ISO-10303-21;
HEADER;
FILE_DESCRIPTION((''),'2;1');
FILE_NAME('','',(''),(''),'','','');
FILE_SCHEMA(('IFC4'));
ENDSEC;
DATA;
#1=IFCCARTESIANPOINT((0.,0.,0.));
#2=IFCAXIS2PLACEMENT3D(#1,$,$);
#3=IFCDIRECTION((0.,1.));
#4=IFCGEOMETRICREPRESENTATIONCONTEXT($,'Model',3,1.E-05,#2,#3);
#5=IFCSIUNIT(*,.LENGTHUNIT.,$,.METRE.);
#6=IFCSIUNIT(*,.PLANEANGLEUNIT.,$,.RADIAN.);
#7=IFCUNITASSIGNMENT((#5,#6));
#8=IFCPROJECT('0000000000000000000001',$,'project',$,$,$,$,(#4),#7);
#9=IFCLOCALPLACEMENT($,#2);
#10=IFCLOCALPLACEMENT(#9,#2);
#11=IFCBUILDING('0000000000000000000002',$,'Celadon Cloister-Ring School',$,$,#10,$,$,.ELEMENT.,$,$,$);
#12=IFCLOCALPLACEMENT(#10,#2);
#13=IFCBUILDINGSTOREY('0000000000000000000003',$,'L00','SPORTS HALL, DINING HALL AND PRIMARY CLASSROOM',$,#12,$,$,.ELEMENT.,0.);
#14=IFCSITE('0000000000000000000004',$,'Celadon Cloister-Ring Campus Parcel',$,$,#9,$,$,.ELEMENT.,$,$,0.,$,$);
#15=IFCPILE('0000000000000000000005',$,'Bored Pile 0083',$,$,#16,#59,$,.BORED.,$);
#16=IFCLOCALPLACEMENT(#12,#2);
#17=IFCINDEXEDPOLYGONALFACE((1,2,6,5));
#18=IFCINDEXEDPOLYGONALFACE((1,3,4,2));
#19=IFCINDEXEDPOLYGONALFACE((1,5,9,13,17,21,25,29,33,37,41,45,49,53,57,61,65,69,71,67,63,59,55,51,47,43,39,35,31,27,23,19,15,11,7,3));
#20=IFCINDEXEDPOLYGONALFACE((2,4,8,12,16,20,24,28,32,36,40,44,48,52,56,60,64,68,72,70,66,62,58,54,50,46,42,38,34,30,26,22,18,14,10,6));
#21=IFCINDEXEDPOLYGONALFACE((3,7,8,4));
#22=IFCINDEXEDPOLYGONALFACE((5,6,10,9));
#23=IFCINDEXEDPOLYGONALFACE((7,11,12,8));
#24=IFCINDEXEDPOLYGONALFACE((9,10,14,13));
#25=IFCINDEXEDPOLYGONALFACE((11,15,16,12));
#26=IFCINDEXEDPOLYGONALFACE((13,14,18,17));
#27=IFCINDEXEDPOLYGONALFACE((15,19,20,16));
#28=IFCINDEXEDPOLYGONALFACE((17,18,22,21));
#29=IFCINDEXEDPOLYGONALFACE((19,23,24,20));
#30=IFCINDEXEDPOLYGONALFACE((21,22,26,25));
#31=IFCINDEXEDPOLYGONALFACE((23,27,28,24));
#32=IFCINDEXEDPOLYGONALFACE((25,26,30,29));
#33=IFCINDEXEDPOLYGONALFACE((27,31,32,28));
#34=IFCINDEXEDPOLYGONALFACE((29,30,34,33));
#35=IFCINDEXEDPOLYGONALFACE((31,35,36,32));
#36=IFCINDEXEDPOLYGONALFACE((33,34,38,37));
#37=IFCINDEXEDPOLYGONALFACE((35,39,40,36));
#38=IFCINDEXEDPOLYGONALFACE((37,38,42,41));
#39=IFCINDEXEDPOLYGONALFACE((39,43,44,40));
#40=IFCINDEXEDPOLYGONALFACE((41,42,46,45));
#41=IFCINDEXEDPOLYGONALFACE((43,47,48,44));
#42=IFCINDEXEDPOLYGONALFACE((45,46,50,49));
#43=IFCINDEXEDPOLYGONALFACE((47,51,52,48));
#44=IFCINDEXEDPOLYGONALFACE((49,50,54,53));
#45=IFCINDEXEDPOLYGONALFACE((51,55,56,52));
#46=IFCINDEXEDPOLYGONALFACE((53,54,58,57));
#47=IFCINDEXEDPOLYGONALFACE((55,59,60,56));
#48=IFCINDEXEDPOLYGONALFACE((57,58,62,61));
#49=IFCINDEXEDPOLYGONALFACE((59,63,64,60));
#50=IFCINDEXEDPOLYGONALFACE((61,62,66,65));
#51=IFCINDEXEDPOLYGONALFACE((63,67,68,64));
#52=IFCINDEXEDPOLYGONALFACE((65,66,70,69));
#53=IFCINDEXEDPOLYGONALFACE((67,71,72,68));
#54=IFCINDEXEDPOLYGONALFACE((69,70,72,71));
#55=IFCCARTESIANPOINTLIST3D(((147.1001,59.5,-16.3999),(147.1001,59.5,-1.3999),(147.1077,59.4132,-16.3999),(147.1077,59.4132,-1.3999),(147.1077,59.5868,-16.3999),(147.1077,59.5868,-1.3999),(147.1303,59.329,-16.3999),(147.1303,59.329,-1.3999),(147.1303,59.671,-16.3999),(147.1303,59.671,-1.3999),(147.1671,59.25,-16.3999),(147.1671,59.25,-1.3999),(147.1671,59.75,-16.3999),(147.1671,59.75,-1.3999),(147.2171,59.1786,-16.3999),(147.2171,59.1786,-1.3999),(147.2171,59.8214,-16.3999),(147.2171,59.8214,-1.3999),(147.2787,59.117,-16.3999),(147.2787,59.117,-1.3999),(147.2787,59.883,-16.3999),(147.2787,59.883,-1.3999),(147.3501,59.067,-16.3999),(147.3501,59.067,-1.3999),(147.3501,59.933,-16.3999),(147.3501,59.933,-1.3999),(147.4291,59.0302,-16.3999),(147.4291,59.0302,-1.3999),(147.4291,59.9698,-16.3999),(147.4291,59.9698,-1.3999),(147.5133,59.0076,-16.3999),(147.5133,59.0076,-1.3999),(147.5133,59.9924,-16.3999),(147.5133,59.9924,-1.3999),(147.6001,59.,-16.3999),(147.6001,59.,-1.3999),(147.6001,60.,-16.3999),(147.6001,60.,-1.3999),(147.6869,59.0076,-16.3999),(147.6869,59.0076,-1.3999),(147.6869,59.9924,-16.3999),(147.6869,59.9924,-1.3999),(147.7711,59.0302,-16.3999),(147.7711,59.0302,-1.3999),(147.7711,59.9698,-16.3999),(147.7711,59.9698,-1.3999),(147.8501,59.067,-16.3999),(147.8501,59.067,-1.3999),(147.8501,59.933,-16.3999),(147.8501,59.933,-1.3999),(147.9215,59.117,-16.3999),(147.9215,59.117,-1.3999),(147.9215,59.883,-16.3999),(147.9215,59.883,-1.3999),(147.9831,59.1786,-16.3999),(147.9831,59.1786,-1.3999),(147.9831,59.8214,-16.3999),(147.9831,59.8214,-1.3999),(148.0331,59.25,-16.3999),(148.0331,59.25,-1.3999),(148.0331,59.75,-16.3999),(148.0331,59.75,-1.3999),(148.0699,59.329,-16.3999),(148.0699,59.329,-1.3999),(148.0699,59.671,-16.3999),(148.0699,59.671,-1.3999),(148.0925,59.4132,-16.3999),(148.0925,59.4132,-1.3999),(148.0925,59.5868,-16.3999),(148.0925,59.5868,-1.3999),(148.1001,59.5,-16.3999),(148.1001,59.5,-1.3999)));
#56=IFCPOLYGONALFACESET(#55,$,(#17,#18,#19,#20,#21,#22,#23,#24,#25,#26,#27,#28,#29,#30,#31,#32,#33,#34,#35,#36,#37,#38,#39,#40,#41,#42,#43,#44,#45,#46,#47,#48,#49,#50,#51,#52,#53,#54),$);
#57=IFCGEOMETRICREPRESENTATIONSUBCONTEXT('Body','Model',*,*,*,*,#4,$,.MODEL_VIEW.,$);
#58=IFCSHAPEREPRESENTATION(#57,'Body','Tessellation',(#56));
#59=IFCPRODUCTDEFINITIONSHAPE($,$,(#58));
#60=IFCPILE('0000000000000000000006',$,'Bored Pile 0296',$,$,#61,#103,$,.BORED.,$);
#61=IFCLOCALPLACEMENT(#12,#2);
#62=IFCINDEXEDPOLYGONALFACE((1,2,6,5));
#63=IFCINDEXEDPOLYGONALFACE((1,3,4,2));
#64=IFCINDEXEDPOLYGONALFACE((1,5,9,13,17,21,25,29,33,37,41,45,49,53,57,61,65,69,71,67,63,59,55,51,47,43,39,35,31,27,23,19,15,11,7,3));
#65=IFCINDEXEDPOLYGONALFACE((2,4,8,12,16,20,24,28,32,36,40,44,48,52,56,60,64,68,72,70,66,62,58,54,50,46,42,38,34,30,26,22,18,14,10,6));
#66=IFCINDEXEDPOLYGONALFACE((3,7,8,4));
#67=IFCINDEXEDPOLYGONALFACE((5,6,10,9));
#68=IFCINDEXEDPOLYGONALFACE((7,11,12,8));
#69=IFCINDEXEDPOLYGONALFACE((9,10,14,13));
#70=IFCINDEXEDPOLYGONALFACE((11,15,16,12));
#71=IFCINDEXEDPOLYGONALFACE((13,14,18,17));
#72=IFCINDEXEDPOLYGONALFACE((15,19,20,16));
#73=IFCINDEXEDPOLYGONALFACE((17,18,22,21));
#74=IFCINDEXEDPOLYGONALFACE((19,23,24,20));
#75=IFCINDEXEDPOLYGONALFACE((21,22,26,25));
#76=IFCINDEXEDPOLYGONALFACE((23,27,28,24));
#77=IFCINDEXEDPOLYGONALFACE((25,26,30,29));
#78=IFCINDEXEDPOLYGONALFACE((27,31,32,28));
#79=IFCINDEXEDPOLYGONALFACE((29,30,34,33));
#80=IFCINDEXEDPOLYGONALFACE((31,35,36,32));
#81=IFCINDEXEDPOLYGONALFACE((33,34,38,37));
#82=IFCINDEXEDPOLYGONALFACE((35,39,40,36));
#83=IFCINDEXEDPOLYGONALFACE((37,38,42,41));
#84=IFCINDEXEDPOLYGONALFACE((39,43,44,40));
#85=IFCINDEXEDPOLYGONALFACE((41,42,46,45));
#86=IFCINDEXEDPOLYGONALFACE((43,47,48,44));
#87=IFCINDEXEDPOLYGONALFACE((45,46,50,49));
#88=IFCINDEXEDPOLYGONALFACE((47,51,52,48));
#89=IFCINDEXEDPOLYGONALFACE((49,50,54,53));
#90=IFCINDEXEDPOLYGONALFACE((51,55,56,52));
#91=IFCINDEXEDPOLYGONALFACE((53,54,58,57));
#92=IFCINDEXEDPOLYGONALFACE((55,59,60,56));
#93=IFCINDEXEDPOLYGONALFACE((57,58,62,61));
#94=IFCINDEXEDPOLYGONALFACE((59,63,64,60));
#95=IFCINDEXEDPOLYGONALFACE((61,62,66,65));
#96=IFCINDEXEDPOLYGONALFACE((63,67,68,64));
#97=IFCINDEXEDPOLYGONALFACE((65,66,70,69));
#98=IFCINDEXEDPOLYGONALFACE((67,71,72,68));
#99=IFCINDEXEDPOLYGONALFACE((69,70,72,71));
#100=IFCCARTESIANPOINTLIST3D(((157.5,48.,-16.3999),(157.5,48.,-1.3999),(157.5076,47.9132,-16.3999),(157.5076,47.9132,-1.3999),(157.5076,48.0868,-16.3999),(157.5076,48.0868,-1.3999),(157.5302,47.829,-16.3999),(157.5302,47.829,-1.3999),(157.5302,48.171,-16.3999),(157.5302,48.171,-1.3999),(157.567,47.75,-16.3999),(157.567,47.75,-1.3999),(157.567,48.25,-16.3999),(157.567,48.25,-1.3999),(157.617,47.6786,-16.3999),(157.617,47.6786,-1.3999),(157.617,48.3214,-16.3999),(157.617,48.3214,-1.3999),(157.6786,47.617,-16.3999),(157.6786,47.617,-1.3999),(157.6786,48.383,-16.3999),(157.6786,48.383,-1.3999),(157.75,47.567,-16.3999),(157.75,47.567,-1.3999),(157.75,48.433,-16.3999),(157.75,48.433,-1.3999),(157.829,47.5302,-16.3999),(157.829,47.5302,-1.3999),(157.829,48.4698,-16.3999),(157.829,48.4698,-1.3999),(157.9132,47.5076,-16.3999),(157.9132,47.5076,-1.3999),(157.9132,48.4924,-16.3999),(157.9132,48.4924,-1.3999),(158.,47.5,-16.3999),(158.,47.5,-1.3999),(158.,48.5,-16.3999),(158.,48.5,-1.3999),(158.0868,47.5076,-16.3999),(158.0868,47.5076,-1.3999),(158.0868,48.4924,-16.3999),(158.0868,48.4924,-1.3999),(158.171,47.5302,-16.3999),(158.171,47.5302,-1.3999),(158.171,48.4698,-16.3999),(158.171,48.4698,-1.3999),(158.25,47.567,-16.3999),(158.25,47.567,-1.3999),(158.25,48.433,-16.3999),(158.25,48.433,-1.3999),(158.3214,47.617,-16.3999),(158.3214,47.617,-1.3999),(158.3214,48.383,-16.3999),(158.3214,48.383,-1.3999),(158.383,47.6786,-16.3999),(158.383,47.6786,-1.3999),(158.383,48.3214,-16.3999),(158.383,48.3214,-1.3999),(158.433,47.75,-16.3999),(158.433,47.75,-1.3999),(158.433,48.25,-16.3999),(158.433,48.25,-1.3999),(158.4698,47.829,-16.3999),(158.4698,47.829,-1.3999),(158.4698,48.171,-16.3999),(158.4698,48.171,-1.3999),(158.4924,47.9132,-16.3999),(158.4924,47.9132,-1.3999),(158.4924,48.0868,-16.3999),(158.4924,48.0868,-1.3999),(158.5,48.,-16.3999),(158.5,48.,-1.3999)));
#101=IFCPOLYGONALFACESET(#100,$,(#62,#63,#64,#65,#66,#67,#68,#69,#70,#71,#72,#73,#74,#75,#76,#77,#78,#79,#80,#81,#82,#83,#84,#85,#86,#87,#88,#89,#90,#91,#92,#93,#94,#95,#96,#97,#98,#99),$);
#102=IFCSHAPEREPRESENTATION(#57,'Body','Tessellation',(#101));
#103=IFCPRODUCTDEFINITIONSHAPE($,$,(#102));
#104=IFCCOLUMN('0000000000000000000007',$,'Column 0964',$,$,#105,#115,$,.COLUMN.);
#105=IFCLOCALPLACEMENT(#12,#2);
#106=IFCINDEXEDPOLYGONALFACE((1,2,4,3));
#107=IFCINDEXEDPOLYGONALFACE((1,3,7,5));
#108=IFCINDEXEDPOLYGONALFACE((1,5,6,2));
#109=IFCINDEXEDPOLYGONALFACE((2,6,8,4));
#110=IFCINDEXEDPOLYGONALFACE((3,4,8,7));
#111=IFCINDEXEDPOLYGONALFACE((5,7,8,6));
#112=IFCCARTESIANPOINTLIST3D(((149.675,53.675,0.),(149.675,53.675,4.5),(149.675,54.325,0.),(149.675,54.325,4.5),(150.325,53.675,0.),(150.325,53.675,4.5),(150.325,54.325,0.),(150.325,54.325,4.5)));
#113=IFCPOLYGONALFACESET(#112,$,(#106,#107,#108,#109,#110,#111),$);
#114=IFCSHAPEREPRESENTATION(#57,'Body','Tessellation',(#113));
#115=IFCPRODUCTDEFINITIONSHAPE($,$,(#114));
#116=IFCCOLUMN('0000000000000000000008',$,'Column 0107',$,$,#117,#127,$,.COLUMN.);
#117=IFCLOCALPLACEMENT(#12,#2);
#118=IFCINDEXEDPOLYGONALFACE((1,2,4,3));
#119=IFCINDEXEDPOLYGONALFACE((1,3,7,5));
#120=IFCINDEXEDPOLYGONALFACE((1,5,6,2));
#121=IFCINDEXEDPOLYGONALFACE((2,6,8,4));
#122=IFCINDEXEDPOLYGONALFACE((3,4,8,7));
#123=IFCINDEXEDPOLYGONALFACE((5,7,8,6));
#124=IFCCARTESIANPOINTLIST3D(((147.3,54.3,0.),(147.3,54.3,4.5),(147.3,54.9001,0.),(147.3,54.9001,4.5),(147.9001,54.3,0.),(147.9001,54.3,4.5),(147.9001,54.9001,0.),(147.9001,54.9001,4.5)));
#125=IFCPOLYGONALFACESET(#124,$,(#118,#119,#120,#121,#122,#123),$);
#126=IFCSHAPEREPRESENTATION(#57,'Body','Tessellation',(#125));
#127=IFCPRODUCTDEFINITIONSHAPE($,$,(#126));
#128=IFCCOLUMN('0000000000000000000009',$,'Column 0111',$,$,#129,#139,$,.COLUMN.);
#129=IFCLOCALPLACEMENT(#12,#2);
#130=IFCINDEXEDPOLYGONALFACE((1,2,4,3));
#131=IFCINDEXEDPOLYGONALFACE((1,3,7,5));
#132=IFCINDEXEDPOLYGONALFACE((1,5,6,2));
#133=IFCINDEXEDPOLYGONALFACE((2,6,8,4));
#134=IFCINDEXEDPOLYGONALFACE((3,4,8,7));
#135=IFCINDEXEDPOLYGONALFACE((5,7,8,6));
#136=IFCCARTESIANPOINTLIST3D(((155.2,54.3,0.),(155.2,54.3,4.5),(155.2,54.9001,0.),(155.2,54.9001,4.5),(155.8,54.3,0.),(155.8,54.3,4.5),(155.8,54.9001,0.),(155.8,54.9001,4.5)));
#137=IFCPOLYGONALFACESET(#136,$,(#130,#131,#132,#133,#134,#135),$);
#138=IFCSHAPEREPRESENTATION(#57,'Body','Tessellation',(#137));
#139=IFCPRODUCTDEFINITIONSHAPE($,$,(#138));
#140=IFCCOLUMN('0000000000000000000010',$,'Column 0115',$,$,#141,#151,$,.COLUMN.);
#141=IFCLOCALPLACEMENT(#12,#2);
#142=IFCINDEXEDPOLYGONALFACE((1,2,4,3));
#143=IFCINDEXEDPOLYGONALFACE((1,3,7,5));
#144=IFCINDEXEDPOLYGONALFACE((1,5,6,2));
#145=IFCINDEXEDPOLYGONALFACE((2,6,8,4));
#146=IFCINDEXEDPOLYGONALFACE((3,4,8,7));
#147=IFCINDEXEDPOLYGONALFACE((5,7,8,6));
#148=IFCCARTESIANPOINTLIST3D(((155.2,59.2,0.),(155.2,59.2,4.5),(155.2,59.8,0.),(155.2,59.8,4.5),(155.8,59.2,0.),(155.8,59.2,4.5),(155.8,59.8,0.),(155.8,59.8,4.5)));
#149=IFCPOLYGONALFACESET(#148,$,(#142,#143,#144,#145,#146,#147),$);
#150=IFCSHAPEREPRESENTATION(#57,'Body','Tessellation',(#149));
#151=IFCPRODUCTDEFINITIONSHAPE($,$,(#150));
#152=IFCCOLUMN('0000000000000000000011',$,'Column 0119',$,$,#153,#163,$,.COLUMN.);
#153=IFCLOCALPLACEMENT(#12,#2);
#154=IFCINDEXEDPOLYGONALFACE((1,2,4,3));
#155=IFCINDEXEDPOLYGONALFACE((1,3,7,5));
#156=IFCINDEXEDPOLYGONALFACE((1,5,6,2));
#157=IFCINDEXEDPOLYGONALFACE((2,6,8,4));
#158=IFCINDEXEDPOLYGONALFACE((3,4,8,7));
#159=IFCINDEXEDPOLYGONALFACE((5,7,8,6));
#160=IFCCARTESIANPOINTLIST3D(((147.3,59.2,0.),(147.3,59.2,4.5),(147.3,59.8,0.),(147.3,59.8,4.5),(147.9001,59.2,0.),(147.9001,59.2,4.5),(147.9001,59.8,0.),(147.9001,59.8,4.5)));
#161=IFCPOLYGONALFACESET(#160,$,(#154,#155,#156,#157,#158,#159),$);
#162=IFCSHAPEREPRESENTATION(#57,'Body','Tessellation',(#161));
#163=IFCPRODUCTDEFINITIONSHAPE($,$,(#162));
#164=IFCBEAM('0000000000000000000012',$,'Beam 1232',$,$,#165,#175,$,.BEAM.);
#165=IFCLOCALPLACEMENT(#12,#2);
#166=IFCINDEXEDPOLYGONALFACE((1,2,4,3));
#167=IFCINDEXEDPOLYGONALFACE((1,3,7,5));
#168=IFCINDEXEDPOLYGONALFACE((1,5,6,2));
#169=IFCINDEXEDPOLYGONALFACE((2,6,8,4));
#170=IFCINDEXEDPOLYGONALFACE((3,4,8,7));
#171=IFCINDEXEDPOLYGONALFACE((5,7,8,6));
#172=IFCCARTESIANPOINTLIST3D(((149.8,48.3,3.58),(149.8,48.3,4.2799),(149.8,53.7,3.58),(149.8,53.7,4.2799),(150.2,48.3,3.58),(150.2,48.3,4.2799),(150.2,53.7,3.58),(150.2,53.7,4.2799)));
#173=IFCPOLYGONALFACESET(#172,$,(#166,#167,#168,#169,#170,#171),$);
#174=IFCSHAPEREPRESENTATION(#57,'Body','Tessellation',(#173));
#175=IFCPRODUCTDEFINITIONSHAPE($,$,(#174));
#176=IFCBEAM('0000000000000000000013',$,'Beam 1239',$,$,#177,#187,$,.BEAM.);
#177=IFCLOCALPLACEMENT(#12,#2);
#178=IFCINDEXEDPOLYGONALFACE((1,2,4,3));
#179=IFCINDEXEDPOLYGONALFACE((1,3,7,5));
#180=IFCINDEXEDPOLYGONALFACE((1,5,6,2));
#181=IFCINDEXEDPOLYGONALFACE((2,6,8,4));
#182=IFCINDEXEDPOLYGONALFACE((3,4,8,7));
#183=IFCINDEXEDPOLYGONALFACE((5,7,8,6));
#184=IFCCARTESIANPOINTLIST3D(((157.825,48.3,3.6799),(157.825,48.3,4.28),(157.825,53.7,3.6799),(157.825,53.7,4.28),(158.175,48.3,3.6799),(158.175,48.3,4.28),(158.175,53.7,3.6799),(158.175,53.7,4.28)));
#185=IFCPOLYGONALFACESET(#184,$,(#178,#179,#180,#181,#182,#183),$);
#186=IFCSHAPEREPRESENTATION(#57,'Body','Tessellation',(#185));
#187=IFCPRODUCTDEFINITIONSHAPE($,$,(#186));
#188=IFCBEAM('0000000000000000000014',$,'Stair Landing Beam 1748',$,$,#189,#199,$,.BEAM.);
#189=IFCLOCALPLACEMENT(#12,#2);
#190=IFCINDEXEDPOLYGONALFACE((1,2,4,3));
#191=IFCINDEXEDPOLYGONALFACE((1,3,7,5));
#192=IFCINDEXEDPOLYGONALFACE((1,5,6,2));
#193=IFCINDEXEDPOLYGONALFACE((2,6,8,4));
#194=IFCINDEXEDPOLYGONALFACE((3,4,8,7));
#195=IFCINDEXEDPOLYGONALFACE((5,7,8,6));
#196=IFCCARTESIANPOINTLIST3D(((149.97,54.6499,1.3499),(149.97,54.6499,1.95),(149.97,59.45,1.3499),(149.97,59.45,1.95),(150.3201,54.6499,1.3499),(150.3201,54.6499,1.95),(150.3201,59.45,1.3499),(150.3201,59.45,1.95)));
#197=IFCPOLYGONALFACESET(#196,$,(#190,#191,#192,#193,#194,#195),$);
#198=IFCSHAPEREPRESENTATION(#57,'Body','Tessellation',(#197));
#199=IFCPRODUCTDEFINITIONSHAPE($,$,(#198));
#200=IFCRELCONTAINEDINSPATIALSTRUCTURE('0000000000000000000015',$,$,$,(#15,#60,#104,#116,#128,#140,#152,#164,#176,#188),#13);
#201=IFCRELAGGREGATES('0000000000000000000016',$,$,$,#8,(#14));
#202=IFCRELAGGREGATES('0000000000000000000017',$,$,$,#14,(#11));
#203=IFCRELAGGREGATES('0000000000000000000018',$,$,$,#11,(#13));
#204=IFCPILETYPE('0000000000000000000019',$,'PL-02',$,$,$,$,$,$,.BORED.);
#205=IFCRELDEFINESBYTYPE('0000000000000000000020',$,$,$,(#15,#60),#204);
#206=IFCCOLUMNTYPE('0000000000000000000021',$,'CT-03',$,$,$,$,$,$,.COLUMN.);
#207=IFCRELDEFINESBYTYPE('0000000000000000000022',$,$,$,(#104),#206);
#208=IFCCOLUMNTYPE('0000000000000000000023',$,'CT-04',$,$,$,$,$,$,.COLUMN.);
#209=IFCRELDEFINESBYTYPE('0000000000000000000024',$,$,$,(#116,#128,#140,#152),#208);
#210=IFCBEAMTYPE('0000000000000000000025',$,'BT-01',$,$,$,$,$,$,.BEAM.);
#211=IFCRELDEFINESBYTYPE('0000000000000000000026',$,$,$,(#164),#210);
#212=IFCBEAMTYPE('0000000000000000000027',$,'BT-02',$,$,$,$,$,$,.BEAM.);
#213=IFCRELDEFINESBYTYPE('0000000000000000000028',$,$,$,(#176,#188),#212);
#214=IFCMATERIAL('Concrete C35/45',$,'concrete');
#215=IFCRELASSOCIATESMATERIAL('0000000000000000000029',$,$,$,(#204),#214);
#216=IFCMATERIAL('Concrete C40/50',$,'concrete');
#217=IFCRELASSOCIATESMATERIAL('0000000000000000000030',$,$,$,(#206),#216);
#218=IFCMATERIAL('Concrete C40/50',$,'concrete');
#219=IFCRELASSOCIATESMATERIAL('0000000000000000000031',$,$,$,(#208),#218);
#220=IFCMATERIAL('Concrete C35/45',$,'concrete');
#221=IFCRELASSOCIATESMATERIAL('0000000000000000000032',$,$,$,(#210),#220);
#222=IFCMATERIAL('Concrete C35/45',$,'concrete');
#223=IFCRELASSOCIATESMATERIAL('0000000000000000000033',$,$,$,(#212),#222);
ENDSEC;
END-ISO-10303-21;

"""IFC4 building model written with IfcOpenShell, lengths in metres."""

from ifc_helpers import new_model, si_unit, direction, frame, origin, origin_2d, place, context, subcontext, project, spatial, rectangle, circle, extrude, material, material_profile, profile_set, type_object, element, save


model = new_model("IFC4")

# Units and contexts
model_context = context("Model", 3, precision=1e-05, world=origin(), true_north=direction((0.0, 1.0)))
body_context = subcontext(model_context, "Body", "Model", "MODEL_VIEW")
ifc_project = project(units=[si_unit("LENGTHUNIT", "METRE"), si_unit("PLANEANGLEUNIT", "RADIAN")], contexts=[model_context])

# Site, building, storey
site_placement = place(None, origin())
site = spatial("IfcSite", under=ifc_project, at=site_placement, Name="Celadon Cloister-Ring Campus Parcel", CompositionType="ELEMENT", RefElevation=0.0)
building_placement = place(site_placement, origin())
building = spatial("IfcBuilding", under=site, at=building_placement, Name="Celadon Cloister-Ring School", CompositionType="ELEMENT")
storey_placement = place(building_placement, origin())
storey = spatial("IfcBuildingStorey", under=building, at=storey_placement, Name="L00", Description="SPORTS HALL, DINING HALL AND PRIMARY CLASSROOM", CompositionType="ELEMENT", Elevation=0.0)

# Piles
ifc_material_1 = material(Name="Concrete C35/45", Category="concrete")
ifc_material_profile_1 = material_profile(ifc_material_1, circle(Radius=0.5, at=origin_2d()), Name="PILE1000")
ifc_profile_set_1 = profile_set([ifc_material_profile_1], Name="Concrete C35/45")
pile_type = type_object("IfcPileType", Name="PL-02", PredefinedType="BORED", material=ifc_profile_set_1)
for number, where, z_axis, x_axis, name in (
    (1, (147.6001, 59.5, -1.3999), (0.0, 0.0, -1.0), (1.0, 0.0, 0.0), "Bored Pile 0083"),
    (2, (158.0, 48.0, -1.3999), (0.0, 0.0, -1.0), (1.0, 0.0, 0.0), "Bored Pile 0296"),
):
    element("IfcPile", number, at=place(storey_placement, frame(where, z_axis=z_axis, x_axis=x_axis)), inside=storey, type_object=pile_type, Name=name, PredefinedType="BORED", context=body_context, shape_type="SweptSolid", body=[
        extrude(circle(Radius=0.5, at=origin_2d()), origin(), (0.0, 0.0, 1.0), 15.0),
    ])

# Columns
ifc_material_2 = material(Name="Concrete C40/50", Category="concrete")
ifc_material_profile_2 = material_profile(ifc_material_2, rectangle(XDim=0.6499, YDim=0.6499, at=origin_2d()), Name="RC650X650")
ifc_profile_set_2 = profile_set([ifc_material_profile_2], Name="Concrete C40/50")
column_type_1 = type_object("IfcColumnType", Name="CT-03", PredefinedType="COLUMN", material=ifc_profile_set_2)
column_placement = place(storey_placement, frame((150.0, 54.0, 0.0), z_axis=(0.0, 0.0, 1.0), x_axis=(1.0, 0.0, 0.0)))
element("IfcColumn", 3, at=column_placement, inside=storey, type_object=column_type_1, Name="Column 0964", PredefinedType="COLUMN", context=body_context, shape_type="SweptSolid", body=[
    extrude(rectangle(XDim=0.6499, YDim=0.6499, at=origin_2d()), origin(), (0.0, 0.0, 1.0), 4.5),
])
ifc_material_3 = material(Name="Concrete C40/50", Category="concrete")
ifc_material_profile_3 = material_profile(ifc_material_3, rectangle(XDim=0.6001, YDim=0.6001, at=origin_2d()), Name="RC600X600")
ifc_profile_set_3 = profile_set([ifc_material_profile_3], Name="Concrete C40/50")
column_type_2 = type_object("IfcColumnType", Name="CT-04", PredefinedType="COLUMN", material=ifc_profile_set_3)
for number, where, z_axis, x_axis, name in (
    (4, (147.6001, 54.6001, 0.0), (0.0, 0.0, 1.0), (1.0, 0.0, 0.0), "Column 0107"),
    (5, (155.5, 54.6001, 0.0), (0.0, 0.0, 1.0), (1.0, 0.0, 0.0), "Column 0111"),
    (6, (155.5, 59.5, 0.0), (0.0, 0.0, 1.0), (1.0, 0.0, 0.0), "Column 0115"),
    (7, (147.6001, 59.5, 0.0), (0.0, 0.0, 1.0), (1.0, 0.0, 0.0), "Column 0119"),
):
    element("IfcColumn", number, at=place(storey_placement, frame(where, z_axis=z_axis, x_axis=x_axis)), inside=storey, type_object=column_type_2, Name=name, PredefinedType="COLUMN", context=body_context, shape_type="SweptSolid", body=[
        extrude(rectangle(XDim=0.6001, YDim=0.6001, at=origin_2d()), origin(), (0.0, 0.0, 1.0), 4.5),
    ])

# Beams
ifc_material_4 = material(Name="Concrete C35/45", Category="concrete")
ifc_material_profile_4 = material_profile(ifc_material_4, rectangle(XDim=0.3999, YDim=0.7, at=origin_2d()), Name="RC400X700")
ifc_profile_set_4 = profile_set([ifc_material_profile_4], Name="Concrete C35/45")
beam_type_1 = type_object("IfcBeamType", Name="BT-01", PredefinedType="BEAM", material=ifc_profile_set_4)
beam_1_placement = place(storey_placement, frame((150.0, 48.3, 3.9299), z_axis=(0.0, 1.0, 0.0), x_axis=(-1.0, 0.0, 0.0)))
element("IfcBeam", 8, at=beam_1_placement, inside=storey, type_object=beam_type_1, Name="Beam 1232", PredefinedType="BEAM", context=body_context, shape_type="SweptSolid", body=[
    extrude(rectangle(XDim=0.3999, YDim=0.7, at=origin_2d()), origin(), (0.0, 0.0, 1.0), 5.3999),
])
ifc_material_5 = material(Name="Concrete C35/45", Category="concrete")
ifc_material_profile_5 = material_profile(ifc_material_5, rectangle(XDim=0.3501, YDim=0.6001, at=origin_2d()), Name="RC350X600")
ifc_profile_set_5 = profile_set([ifc_material_profile_5], Name="Concrete C35/45")
beam_type_2 = type_object("IfcBeamType", Name="BT-02", PredefinedType="BEAM", material=ifc_profile_set_5)
beam_2_placement = place(storey_placement, frame((158.0, 48.3, 3.98), z_axis=(0.0, 1.0, 0.0), x_axis=(-1.0, 0.0, 0.0)))
element("IfcBeam", 9, at=beam_2_placement, inside=storey, type_object=beam_type_2, Name="Beam 1239", PredefinedType="BEAM", context=body_context, shape_type="SweptSolid", body=[
    extrude(rectangle(XDim=0.3501, YDim=0.6001, at=origin_2d()), origin(), (0.0, 0.0, 1.0), 5.3999),
])
beam_3_placement = place(storey_placement, frame((150.145, 54.6499, 1.6499), z_axis=(0.0, 1.0, 0.0), x_axis=(-1.0, 0.0, 0.0)))
element("IfcBeam", 10, at=beam_3_placement, inside=storey, type_object=beam_type_2, Name="Stair Landing Beam 1748", PredefinedType="BEAM", context=body_context, shape_type="SweptSolid", body=[
    extrude(rectangle(XDim=0.3501, YDim=0.6001, at=origin_2d()), origin(), (0.0, 0.0, 1.0), 4.8),
])

save(model, "model.ifc")
